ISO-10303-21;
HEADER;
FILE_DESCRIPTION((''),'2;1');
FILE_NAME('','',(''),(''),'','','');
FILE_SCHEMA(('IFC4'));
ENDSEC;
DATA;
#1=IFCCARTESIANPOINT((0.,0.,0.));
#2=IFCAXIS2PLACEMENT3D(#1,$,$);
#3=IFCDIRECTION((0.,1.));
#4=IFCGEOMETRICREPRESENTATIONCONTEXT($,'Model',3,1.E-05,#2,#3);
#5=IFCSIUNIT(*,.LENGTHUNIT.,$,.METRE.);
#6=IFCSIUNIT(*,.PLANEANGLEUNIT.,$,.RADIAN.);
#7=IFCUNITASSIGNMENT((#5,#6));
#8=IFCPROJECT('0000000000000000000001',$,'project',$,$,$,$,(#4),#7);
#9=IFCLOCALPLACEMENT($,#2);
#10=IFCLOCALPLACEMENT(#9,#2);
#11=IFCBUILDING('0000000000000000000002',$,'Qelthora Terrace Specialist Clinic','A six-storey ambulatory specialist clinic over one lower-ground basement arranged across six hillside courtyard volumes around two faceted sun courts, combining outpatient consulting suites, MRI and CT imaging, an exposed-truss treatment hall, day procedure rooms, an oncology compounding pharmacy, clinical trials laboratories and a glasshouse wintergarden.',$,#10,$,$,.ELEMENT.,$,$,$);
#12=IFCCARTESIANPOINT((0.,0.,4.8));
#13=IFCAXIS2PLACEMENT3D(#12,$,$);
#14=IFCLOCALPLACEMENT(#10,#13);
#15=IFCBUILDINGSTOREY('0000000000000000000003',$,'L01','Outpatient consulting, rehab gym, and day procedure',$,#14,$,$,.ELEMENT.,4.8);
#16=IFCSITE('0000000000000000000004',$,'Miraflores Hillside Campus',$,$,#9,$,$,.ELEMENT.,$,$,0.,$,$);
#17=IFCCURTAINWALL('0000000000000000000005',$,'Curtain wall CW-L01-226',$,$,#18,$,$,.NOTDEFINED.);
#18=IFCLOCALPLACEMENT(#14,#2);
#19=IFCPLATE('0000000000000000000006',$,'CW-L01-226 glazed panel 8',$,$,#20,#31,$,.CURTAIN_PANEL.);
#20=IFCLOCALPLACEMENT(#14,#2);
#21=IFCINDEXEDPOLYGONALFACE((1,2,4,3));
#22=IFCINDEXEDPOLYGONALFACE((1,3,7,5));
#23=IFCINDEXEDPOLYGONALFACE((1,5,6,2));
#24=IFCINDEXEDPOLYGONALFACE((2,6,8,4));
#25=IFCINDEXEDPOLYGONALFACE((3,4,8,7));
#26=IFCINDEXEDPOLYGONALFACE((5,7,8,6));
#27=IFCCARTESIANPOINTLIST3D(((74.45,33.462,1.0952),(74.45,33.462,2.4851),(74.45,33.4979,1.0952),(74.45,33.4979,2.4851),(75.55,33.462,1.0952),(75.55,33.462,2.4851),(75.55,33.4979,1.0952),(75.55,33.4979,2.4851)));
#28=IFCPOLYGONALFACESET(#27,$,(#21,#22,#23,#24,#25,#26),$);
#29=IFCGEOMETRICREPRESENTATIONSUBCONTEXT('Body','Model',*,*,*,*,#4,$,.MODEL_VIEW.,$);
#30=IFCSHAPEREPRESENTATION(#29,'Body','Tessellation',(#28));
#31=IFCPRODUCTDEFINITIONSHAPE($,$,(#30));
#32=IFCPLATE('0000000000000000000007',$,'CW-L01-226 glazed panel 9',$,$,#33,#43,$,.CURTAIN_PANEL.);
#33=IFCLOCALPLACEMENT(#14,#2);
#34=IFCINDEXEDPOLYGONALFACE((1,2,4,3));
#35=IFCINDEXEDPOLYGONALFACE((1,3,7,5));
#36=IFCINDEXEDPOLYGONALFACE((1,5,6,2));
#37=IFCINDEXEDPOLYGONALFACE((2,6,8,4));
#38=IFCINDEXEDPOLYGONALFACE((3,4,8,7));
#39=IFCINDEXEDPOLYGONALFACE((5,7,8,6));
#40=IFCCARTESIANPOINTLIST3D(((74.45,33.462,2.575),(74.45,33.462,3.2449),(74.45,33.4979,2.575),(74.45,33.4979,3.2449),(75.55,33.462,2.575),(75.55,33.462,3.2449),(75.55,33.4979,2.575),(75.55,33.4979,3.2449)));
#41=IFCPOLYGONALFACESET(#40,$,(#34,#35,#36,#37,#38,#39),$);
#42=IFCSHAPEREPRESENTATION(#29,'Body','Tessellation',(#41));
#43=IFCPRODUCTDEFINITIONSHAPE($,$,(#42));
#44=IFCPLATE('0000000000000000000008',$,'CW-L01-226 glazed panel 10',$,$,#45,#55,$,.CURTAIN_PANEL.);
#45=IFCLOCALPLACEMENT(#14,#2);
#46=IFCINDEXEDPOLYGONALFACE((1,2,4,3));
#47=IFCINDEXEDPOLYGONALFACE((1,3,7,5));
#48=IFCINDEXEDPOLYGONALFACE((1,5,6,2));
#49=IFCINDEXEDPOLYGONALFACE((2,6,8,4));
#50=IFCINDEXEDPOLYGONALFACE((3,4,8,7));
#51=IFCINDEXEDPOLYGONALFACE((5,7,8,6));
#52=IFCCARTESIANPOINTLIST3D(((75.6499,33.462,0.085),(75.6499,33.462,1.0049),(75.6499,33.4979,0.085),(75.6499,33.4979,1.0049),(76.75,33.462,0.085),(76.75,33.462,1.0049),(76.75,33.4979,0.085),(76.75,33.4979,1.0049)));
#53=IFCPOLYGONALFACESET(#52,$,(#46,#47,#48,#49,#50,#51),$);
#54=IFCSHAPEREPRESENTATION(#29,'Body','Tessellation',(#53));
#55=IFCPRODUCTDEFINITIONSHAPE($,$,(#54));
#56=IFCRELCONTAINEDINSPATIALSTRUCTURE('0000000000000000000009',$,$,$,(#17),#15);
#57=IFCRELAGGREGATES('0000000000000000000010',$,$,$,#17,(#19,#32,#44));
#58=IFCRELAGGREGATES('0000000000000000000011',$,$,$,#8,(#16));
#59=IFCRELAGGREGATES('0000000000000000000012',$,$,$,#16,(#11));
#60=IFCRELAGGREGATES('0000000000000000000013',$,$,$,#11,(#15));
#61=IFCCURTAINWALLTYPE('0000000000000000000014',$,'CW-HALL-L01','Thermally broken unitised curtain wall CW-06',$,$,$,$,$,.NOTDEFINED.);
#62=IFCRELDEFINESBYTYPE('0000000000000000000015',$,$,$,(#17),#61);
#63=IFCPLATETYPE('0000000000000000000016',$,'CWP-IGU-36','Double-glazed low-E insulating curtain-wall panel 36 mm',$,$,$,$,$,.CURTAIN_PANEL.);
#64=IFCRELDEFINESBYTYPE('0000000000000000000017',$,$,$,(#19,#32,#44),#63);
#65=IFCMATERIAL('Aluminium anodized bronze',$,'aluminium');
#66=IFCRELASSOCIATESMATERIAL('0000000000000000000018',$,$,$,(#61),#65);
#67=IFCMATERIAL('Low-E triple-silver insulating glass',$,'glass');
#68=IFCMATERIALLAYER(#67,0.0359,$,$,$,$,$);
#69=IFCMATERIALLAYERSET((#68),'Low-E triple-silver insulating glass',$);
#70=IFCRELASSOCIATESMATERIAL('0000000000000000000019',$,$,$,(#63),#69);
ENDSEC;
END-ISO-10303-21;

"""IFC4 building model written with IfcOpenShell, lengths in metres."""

from ifc_helpers import new_model, si_unit, direction, frame, origin, origin_2d, place, context, subcontext, project, spatial, rectangle, extrude, material, layer, layer_set, type_object, element, aggregate, save


model = new_model("IFC4")

# Units and contexts
model_context = context("Model", 3, precision=1e-05, world=origin(), true_north=direction((0.0, 1.0)))
body_context = subcontext(model_context, "Body", "Model", "MODEL_VIEW")
ifc_project = project(units=[si_unit("LENGTHUNIT", "METRE"), si_unit("PLANEANGLEUNIT", "RADIAN")], contexts=[model_context])

# Site, building, storey
site_placement = place(None, origin())
site = spatial("IfcSite", under=ifc_project, at=site_placement, Name="Miraflores Hillside Campus", CompositionType="ELEMENT", RefElevation=0.0)
building_placement = place(site_placement, origin())
building = spatial("IfcBuilding", under=site, at=building_placement, Name="Qelthora Terrace Specialist Clinic", Description="A six-storey ambulatory specialist clinic over one lower-ground basement arranged across six hillside courtyard volumes around two faceted sun courts, combining outpatient consulting suites, MRI and CT imaging, an exposed-truss treatment hall, day procedure rooms, an oncology compounding pharmacy, clinical trials laboratories and a glasshouse wintergarden.", CompositionType="ELEMENT")
storey_placement = place(building_placement, frame((0.0, 0.0, 4.8)))
storey = spatial("IfcBuildingStorey", under=building, at=storey_placement, Name="L01", Description="Outpatient consulting, rehab gym, and day procedure", CompositionType="ELEMENT", Elevation=4.8)

# Curtain wall
ifc_material_1 = material(Name="Aluminium anodized bronze", Category="aluminium")
curtain_wall_type = type_object("IfcCurtainWallType", Name="CW-HALL-L01", Description="Thermally broken unitised curtain wall CW-06", PredefinedType="NOTDEFINED", material=ifc_material_1)
curtain_wall_1_placement = place(storey_placement, origin())
curtain_wall_1 = element("IfcCurtainWall", 1, at=curtain_wall_1_placement, inside=storey, type_object=curtain_wall_type, Name="Curtain wall CW-L01-226", PredefinedType="NOTDEFINED")

# Plates
ifc_material_2 = material(Name="Low-E triple-silver insulating glass", Category="glass")
ifc_layer = layer(ifc_material_2, 0.0359)
ifc_layer_set = layer_set([ifc_layer], Name="Low-E triple-silver insulating glass")
plate_type = type_object("IfcPlateType", Name="CWP-IGU-36", Description="Double-glazed low-E insulating curtain-wall panel 36 mm", PredefinedType="CURTAIN_PANEL", material=ifc_layer_set)
plate_1_placement = place(storey_placement, frame((75.0, 33.48, 1.0952), z_axis=(0.0, 0.0, 1.0), x_axis=(1.0, 0.0, 0.0)))
plate_1 = element("IfcPlate", 2, at=plate_1_placement, type_object=plate_type, Name="CW-L01-226 glazed panel 8", PredefinedType="CURTAIN_PANEL", context=body_context, shape_type="SweptSolid", body=[
    extrude(rectangle(XDim=1.1001, YDim=0.0359, at=origin_2d()), origin(), (0.0, 0.0, 1.0), 1.3899),
])
plate_2_placement = place(storey_placement, frame((75.0, 33.48, 2.575), z_axis=(0.0, 0.0, 1.0), x_axis=(1.0, 0.0, 0.0)))
plate_2 = element("IfcPlate", 3, at=plate_2_placement, type_object=plate_type, Name="CW-L01-226 glazed panel 9", PredefinedType="CURTAIN_PANEL", context=body_context, shape_type="SweptSolid", body=[
    extrude(rectangle(XDim=1.1001, YDim=0.0359, at=origin_2d()), origin(), (0.0, 0.0, 1.0), 0.6699),
])
plate_3_placement = place(storey_placement, frame((76.2, 33.48, 0.085), z_axis=(0.0, 0.0, 1.0), x_axis=(1.0, 0.0, 0.0)))
plate_3 = element("IfcPlate", 4, at=plate_3_placement, type_object=plate_type, Name="CW-L01-226 glazed panel 10", PredefinedType="CURTAIN_PANEL", context=body_context, shape_type="SweptSolid", body=[
    extrude(rectangle(XDim=1.1001, YDim=0.0359, at=origin_2d()), origin(), (0.0, 0.0, 1.0), 0.9199),
])
aggregate(curtain_wall_1, [plate_1, plate_2, plate_3])

save(model, "model.ifc")
